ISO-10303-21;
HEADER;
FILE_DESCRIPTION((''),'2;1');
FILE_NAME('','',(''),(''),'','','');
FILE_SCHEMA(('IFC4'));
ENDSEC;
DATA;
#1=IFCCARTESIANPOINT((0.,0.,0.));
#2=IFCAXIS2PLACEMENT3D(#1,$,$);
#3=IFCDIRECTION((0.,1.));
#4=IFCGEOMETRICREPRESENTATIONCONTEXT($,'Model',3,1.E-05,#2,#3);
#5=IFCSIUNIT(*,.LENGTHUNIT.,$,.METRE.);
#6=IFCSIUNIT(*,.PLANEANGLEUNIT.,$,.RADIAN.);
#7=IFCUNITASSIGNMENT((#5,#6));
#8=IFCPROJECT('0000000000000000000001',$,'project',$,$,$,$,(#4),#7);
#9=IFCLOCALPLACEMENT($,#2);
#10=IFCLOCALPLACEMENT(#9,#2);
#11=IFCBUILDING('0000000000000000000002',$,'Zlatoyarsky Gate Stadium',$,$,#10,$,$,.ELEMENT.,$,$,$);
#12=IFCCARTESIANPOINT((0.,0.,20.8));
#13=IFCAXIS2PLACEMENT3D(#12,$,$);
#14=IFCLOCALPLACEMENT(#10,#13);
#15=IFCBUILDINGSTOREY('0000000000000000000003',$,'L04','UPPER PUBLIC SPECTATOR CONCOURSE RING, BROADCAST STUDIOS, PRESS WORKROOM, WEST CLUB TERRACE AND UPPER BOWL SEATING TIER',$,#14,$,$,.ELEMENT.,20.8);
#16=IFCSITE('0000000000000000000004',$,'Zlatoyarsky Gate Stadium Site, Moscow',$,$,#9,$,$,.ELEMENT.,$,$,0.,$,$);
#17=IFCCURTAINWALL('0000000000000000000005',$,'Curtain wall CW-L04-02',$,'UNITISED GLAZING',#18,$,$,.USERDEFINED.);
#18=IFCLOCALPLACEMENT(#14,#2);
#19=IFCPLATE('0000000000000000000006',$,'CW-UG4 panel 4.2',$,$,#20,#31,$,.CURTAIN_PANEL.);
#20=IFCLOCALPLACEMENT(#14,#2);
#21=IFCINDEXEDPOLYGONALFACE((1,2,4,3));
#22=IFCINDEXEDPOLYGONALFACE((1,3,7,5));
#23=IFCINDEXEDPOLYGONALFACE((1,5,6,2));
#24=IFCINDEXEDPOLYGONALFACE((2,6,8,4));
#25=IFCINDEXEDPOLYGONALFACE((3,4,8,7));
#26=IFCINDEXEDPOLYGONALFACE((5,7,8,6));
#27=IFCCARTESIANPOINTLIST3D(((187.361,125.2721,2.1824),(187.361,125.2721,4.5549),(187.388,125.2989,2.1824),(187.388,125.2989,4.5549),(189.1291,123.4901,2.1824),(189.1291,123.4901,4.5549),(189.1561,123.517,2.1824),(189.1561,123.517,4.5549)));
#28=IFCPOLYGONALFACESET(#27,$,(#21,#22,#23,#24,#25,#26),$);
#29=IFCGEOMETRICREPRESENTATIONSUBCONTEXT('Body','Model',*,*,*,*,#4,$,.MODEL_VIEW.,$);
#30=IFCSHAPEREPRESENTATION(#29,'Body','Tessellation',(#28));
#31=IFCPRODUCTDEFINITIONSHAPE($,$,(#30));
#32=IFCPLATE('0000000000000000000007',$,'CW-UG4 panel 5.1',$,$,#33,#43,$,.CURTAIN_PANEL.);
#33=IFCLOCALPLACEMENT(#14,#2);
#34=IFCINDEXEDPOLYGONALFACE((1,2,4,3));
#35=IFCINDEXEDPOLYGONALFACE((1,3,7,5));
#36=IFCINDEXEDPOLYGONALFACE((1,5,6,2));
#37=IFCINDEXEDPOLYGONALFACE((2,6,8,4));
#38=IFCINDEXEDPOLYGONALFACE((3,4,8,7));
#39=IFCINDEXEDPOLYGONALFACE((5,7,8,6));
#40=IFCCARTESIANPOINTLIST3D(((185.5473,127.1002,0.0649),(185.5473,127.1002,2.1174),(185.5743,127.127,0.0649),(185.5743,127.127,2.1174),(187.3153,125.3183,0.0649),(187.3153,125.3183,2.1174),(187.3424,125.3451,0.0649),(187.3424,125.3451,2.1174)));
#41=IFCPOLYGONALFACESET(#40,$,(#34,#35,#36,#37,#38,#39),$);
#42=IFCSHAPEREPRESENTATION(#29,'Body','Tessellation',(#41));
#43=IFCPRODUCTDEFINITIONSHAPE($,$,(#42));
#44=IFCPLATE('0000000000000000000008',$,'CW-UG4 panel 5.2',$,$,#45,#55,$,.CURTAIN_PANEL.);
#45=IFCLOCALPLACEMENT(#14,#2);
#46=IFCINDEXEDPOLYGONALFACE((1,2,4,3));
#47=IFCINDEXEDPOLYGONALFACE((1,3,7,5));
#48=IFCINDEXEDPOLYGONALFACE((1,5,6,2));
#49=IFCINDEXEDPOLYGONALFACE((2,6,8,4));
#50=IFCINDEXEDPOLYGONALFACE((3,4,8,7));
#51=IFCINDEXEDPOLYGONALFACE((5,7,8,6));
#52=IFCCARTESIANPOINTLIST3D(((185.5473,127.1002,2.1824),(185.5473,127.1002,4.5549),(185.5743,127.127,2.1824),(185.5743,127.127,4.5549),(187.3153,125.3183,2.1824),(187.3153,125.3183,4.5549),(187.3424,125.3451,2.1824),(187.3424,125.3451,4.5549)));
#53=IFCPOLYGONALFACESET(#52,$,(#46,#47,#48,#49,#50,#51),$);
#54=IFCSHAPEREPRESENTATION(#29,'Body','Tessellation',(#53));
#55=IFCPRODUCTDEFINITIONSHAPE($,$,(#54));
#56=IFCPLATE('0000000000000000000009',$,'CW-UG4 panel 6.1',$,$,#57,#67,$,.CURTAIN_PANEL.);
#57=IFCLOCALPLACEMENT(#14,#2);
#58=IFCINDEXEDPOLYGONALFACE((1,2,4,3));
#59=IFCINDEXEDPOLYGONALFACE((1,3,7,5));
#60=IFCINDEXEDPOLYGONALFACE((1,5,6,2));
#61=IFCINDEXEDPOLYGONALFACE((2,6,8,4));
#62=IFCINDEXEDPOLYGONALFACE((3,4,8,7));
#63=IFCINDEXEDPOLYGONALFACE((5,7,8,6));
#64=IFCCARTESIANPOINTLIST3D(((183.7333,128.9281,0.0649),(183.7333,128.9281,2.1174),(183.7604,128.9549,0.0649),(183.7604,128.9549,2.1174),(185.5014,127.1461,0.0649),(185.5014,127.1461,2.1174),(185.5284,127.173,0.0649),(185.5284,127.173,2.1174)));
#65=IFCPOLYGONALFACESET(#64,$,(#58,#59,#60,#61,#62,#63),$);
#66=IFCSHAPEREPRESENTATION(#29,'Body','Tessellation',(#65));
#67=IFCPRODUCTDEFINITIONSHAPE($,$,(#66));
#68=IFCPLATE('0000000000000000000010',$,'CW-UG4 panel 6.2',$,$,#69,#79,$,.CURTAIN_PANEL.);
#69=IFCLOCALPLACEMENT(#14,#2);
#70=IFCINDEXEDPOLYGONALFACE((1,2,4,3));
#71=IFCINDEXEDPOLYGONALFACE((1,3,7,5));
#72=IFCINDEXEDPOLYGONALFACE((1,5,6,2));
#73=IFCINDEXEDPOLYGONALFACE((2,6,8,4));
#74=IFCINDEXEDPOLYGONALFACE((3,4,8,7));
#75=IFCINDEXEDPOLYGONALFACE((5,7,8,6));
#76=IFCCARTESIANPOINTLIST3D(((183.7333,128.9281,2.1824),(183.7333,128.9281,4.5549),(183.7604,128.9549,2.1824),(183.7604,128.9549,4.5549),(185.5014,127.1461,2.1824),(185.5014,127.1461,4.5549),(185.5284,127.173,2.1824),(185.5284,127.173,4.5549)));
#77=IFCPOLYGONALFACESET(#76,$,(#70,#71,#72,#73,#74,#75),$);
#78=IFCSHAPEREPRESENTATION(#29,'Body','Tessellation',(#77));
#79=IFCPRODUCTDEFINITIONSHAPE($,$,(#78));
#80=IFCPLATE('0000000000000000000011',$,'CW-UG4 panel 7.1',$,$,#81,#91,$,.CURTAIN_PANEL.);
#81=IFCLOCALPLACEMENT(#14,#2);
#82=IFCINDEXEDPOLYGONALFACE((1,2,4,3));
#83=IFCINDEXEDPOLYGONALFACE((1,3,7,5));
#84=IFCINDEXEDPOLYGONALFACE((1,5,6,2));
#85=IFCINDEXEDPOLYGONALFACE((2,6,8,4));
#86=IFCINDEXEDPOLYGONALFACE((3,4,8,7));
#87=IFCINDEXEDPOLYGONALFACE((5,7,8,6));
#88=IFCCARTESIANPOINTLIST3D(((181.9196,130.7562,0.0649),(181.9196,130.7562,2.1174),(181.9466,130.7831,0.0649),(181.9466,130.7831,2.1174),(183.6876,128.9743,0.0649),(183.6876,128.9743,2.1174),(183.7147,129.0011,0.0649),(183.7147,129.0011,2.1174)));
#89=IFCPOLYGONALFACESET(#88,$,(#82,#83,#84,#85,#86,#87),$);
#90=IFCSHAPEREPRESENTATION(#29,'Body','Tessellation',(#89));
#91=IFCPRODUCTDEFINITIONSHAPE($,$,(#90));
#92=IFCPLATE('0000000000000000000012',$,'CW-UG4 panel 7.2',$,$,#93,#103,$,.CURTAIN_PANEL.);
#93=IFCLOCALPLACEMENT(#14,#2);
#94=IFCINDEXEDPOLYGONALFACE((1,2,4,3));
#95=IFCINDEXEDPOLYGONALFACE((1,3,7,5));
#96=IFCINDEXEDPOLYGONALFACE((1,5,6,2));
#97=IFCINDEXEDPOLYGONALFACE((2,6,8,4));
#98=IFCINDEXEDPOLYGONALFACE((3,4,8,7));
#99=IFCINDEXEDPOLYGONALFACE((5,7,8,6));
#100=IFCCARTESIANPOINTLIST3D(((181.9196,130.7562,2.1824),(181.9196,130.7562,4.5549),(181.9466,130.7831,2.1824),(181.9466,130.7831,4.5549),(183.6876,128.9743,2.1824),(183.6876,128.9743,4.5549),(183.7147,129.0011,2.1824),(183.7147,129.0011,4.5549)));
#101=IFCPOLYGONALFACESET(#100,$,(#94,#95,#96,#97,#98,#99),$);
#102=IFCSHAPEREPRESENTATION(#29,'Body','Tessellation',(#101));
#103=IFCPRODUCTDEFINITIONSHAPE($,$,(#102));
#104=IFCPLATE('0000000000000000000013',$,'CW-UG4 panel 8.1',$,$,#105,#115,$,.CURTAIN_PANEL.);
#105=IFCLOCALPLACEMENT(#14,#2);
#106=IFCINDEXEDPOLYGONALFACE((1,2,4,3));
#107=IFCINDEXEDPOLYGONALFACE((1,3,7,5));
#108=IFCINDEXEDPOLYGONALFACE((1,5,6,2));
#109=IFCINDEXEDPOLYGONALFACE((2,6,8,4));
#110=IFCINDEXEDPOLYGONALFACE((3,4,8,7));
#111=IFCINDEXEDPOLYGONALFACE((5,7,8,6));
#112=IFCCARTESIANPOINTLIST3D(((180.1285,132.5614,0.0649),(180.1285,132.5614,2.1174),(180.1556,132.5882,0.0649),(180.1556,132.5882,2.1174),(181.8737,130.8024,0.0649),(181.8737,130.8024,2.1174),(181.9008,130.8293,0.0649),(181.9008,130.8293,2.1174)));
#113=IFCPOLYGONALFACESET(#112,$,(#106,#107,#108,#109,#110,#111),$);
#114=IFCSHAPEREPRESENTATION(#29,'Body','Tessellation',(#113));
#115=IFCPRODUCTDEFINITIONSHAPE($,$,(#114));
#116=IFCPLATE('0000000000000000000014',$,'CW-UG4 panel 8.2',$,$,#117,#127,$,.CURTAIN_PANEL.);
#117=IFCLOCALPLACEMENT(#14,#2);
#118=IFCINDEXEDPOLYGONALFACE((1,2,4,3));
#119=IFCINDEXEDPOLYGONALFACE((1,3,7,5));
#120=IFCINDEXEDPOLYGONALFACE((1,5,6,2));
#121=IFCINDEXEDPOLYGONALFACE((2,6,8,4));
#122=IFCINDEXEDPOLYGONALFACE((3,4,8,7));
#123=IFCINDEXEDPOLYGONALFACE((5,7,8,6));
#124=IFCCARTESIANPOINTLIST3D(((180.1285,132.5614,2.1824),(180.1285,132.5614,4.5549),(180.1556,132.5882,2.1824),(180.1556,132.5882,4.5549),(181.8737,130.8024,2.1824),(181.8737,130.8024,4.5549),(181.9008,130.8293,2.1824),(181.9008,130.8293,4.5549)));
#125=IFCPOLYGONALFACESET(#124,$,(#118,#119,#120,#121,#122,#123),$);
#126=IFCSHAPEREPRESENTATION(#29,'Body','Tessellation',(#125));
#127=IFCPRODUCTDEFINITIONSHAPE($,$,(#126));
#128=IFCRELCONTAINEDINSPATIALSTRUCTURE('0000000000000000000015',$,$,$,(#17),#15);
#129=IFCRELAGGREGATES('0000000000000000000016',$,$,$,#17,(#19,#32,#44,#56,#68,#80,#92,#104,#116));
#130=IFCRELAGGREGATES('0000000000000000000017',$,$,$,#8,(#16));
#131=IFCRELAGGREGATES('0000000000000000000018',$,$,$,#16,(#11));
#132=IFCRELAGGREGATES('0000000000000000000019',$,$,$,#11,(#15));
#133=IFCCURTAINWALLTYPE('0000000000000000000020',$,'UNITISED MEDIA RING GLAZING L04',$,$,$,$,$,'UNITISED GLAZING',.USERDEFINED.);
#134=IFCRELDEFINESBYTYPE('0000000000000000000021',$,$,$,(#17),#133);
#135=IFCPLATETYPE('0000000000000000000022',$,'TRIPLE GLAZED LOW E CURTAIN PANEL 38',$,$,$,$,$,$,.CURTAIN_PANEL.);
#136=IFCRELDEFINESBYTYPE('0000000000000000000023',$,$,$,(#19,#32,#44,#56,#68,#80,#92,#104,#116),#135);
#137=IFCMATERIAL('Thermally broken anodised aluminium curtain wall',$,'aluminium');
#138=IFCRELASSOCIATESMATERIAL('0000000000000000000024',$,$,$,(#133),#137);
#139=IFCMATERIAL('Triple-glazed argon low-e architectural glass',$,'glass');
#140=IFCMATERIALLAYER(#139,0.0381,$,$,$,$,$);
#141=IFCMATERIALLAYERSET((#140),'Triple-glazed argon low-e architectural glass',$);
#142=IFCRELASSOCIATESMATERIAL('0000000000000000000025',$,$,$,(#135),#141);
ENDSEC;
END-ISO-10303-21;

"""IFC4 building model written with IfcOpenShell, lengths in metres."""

from ifc_helpers import new_model, si_unit, direction, frame, origin, origin_2d, place, context, subcontext, project, spatial, rectangle, extrude, material, layer, layer_set, type_object, element, aggregate, save


model = new_model("IFC4")

# Units and contexts
model_context = context("Model", 3, precision=1e-05, world=origin(), true_north=direction((0.0, 1.0)))
body_context = subcontext(model_context, "Body", "Model", "MODEL_VIEW")
ifc_project = project(units=[si_unit("LENGTHUNIT", "METRE"), si_unit("PLANEANGLEUNIT", "RADIAN")], contexts=[model_context])

# Site, building, storey
site_placement = place(None, origin())
site = spatial("IfcSite", under=ifc_project, at=site_placement, Name="Zlatoyarsky Gate Stadium Site, Moscow", CompositionType="ELEMENT", RefElevation=0.0)
building_placement = place(site_placement, origin())
building = spatial("IfcBuilding", under=site, at=building_placement, Name="Zlatoyarsky Gate Stadium", CompositionType="ELEMENT")
storey_placement = place(building_placement, frame((0.0, 0.0, 20.8)))
storey = spatial("IfcBuildingStorey", under=building, at=storey_placement, Name="L04", Description="UPPER PUBLIC SPECTATOR CONCOURSE RING, BROADCAST STUDIOS, PRESS WORKROOM, WEST CLUB TERRACE AND UPPER BOWL SEATING TIER", CompositionType="ELEMENT", Elevation=20.8)

# Curtain wall
ifc_material_1 = material(Name="Thermally broken anodised aluminium curtain wall", Category="aluminium")
curtain_wall_type = type_object("IfcCurtainWallType", Name="UNITISED MEDIA RING GLAZING L04", ElementType="UNITISED GLAZING", PredefinedType="USERDEFINED", material=ifc_material_1)
curtain_wall_placement = place(storey_placement, origin())
curtain_wall = element("IfcCurtainWall", 1, at=curtain_wall_placement, inside=storey, type_object=curtain_wall_type, Name="Curtain wall CW-L04-02", ObjectType="UNITISED GLAZING", PredefinedType="USERDEFINED")

# Plates
ifc_material_2 = material(Name="Triple-glazed argon low-e architectural glass", Category="glass")
ifc_layer_1 = layer(ifc_material_2, 0.0381)
ifc_layer_set_1 = layer_set([ifc_layer_1], Name="Triple-glazed argon low-e architectural glass")
plate_type_1 = type_object("IfcPlateType", Name="TRIPLE GLAZED LOW E CURTAIN PANEL 38", PredefinedType="CURTAIN_PANEL", material=ifc_layer_set_1)
plate_1_placement = place(storey_placement, frame((188.2585, 124.3945, 2.1824), z_axis=(0.0, 0.0, 1.0), x_axis=(-0.704332, 0.709871, 0.0)))
plate_1 = element("IfcPlate", 2, at=plate_1_placement, type_object=plate_type_1, Name="CW-UG4 panel 4.2", PredefinedType="CURTAIN_PANEL", context=body_context, shape_type="SweptSolid", body=[
    extrude(rectangle(XDim=2.5103, YDim=0.0381, at=origin_2d()), origin(), (0.0, 0.0, 1.0), 2.3726),
])
plate_2_placement = place(storey_placement, frame((186.4448, 126.2227, 0.0649), z_axis=(0.0, 0.0, 1.0), x_axis=(-0.704332, 0.709871, 0.0)))
plate_2 = element("IfcPlate", 3, at=plate_2_placement, type_object=plate_type_1, Name="CW-UG4 panel 5.1", PredefinedType="CURTAIN_PANEL", context=body_context, shape_type="SweptSolid", body=[
    extrude(rectangle(XDim=2.5103, YDim=0.0381, at=origin_2d()), origin(), (0.0, 0.0, 1.0), 2.0525),
])
plate_3_placement = place(storey_placement, frame((186.4448, 126.2227, 2.1824), z_axis=(0.0, 0.0, 1.0), x_axis=(-0.704332, 0.709871, 0.0)))
plate_3 = element("IfcPlate", 4, at=plate_3_placement, type_object=plate_type_1, Name="CW-UG4 panel 5.2", PredefinedType="CURTAIN_PANEL", context=body_context, shape_type="SweptSolid", body=[
    extrude(rectangle(XDim=2.5103, YDim=0.0381, at=origin_2d()), origin(), (0.0, 0.0, 1.0), 2.3726),
])
plate_4_placement = place(storey_placement, frame((184.6309, 128.0505, 0.0649), z_axis=(0.0, 0.0, 1.0), x_axis=(-0.704332, 0.709871, 0.0)))
plate_4 = element("IfcPlate", 5, at=plate_4_placement, type_object=plate_type_1, Name="CW-UG4 panel 6.1", PredefinedType="CURTAIN_PANEL", context=body_context, shape_type="SweptSolid", body=[
    extrude(rectangle(XDim=2.5103, YDim=0.0381, at=origin_2d()), origin(), (0.0, 0.0, 1.0), 2.0525),
])
plate_5_placement = place(storey_placement, frame((184.6309, 128.0505, 2.1824), z_axis=(0.0, 0.0, 1.0), x_axis=(-0.704332, 0.709871, 0.0)))
plate_5 = element("IfcPlate", 6, at=plate_5_placement, type_object=plate_type_1, Name="CW-UG4 panel 6.2", PredefinedType="CURTAIN_PANEL", context=body_context, shape_type="SweptSolid", body=[
    extrude(rectangle(XDim=2.5103, YDim=0.0381, at=origin_2d()), origin(), (0.0, 0.0, 1.0), 2.3726),
])
plate_6_placement = place(storey_placement, frame((182.8171, 129.8787, 0.0649), z_axis=(0.0, 0.0, 1.0), x_axis=(-0.704332, 0.709871, 0.0)))
plate_6 = element("IfcPlate", 7, at=plate_6_placement, type_object=plate_type_1, Name="CW-UG4 panel 7.1", PredefinedType="CURTAIN_PANEL", context=body_context, shape_type="SweptSolid", body=[
    extrude(rectangle(XDim=2.5103, YDim=0.0381, at=origin_2d()), origin(), (0.0, 0.0, 1.0), 2.0525),
])
plate_7_placement = place(storey_placement, frame((182.8171, 129.8787, 2.1824), z_axis=(0.0, 0.0, 1.0), x_axis=(-0.704332, 0.709871, 0.0)))
plate_7 = element("IfcPlate", 8, at=plate_7_placement, type_object=plate_type_1, Name="CW-UG4 panel 7.2", PredefinedType="CURTAIN_PANEL", context=body_context, shape_type="SweptSolid", body=[
    extrude(rectangle(XDim=2.5103, YDim=0.0381, at=origin_2d()), origin(), (0.0, 0.0, 1.0), 2.3726),
])
plate_8_placement = place(storey_placement, frame((181.0146, 131.6953, 0.0649), z_axis=(0.0, 0.0, 1.0), x_axis=(-0.704332, 0.709871, 0.0)))
plate_8 = element("IfcPlate", 9, at=plate_8_placement, type_object=plate_type_1, Name="CW-UG4 panel 8.1", PredefinedType="CURTAIN_PANEL", context=body_context, shape_type="SweptSolid", body=[
    extrude(rectangle(XDim=2.4778, YDim=0.0381, at=origin_2d()), origin(), (0.0, 0.0, 1.0), 2.0525),
])
plate_9_placement = place(storey_placement, frame((181.0146, 131.6953, 2.1824), z_axis=(0.0, 0.0, 1.0), x_axis=(-0.704332, 0.709871, 0.0)))
plate_9 = element("IfcPlate", 10, at=plate_9_placement, type_object=plate_type_1, Name="CW-UG4 panel 8.2", PredefinedType="CURTAIN_PANEL", context=body_context, shape_type="SweptSolid", body=[
    extrude(rectangle(XDim=2.4778, YDim=0.0381, at=origin_2d()), origin(), (0.0, 0.0, 1.0), 2.3726),
])
aggregate(curtain_wall, [plate_1, plate_2, plate_3, plate_4, plate_5, plate_6, plate_7, plate_8, plate_9])

save(model, "model.ifc")
